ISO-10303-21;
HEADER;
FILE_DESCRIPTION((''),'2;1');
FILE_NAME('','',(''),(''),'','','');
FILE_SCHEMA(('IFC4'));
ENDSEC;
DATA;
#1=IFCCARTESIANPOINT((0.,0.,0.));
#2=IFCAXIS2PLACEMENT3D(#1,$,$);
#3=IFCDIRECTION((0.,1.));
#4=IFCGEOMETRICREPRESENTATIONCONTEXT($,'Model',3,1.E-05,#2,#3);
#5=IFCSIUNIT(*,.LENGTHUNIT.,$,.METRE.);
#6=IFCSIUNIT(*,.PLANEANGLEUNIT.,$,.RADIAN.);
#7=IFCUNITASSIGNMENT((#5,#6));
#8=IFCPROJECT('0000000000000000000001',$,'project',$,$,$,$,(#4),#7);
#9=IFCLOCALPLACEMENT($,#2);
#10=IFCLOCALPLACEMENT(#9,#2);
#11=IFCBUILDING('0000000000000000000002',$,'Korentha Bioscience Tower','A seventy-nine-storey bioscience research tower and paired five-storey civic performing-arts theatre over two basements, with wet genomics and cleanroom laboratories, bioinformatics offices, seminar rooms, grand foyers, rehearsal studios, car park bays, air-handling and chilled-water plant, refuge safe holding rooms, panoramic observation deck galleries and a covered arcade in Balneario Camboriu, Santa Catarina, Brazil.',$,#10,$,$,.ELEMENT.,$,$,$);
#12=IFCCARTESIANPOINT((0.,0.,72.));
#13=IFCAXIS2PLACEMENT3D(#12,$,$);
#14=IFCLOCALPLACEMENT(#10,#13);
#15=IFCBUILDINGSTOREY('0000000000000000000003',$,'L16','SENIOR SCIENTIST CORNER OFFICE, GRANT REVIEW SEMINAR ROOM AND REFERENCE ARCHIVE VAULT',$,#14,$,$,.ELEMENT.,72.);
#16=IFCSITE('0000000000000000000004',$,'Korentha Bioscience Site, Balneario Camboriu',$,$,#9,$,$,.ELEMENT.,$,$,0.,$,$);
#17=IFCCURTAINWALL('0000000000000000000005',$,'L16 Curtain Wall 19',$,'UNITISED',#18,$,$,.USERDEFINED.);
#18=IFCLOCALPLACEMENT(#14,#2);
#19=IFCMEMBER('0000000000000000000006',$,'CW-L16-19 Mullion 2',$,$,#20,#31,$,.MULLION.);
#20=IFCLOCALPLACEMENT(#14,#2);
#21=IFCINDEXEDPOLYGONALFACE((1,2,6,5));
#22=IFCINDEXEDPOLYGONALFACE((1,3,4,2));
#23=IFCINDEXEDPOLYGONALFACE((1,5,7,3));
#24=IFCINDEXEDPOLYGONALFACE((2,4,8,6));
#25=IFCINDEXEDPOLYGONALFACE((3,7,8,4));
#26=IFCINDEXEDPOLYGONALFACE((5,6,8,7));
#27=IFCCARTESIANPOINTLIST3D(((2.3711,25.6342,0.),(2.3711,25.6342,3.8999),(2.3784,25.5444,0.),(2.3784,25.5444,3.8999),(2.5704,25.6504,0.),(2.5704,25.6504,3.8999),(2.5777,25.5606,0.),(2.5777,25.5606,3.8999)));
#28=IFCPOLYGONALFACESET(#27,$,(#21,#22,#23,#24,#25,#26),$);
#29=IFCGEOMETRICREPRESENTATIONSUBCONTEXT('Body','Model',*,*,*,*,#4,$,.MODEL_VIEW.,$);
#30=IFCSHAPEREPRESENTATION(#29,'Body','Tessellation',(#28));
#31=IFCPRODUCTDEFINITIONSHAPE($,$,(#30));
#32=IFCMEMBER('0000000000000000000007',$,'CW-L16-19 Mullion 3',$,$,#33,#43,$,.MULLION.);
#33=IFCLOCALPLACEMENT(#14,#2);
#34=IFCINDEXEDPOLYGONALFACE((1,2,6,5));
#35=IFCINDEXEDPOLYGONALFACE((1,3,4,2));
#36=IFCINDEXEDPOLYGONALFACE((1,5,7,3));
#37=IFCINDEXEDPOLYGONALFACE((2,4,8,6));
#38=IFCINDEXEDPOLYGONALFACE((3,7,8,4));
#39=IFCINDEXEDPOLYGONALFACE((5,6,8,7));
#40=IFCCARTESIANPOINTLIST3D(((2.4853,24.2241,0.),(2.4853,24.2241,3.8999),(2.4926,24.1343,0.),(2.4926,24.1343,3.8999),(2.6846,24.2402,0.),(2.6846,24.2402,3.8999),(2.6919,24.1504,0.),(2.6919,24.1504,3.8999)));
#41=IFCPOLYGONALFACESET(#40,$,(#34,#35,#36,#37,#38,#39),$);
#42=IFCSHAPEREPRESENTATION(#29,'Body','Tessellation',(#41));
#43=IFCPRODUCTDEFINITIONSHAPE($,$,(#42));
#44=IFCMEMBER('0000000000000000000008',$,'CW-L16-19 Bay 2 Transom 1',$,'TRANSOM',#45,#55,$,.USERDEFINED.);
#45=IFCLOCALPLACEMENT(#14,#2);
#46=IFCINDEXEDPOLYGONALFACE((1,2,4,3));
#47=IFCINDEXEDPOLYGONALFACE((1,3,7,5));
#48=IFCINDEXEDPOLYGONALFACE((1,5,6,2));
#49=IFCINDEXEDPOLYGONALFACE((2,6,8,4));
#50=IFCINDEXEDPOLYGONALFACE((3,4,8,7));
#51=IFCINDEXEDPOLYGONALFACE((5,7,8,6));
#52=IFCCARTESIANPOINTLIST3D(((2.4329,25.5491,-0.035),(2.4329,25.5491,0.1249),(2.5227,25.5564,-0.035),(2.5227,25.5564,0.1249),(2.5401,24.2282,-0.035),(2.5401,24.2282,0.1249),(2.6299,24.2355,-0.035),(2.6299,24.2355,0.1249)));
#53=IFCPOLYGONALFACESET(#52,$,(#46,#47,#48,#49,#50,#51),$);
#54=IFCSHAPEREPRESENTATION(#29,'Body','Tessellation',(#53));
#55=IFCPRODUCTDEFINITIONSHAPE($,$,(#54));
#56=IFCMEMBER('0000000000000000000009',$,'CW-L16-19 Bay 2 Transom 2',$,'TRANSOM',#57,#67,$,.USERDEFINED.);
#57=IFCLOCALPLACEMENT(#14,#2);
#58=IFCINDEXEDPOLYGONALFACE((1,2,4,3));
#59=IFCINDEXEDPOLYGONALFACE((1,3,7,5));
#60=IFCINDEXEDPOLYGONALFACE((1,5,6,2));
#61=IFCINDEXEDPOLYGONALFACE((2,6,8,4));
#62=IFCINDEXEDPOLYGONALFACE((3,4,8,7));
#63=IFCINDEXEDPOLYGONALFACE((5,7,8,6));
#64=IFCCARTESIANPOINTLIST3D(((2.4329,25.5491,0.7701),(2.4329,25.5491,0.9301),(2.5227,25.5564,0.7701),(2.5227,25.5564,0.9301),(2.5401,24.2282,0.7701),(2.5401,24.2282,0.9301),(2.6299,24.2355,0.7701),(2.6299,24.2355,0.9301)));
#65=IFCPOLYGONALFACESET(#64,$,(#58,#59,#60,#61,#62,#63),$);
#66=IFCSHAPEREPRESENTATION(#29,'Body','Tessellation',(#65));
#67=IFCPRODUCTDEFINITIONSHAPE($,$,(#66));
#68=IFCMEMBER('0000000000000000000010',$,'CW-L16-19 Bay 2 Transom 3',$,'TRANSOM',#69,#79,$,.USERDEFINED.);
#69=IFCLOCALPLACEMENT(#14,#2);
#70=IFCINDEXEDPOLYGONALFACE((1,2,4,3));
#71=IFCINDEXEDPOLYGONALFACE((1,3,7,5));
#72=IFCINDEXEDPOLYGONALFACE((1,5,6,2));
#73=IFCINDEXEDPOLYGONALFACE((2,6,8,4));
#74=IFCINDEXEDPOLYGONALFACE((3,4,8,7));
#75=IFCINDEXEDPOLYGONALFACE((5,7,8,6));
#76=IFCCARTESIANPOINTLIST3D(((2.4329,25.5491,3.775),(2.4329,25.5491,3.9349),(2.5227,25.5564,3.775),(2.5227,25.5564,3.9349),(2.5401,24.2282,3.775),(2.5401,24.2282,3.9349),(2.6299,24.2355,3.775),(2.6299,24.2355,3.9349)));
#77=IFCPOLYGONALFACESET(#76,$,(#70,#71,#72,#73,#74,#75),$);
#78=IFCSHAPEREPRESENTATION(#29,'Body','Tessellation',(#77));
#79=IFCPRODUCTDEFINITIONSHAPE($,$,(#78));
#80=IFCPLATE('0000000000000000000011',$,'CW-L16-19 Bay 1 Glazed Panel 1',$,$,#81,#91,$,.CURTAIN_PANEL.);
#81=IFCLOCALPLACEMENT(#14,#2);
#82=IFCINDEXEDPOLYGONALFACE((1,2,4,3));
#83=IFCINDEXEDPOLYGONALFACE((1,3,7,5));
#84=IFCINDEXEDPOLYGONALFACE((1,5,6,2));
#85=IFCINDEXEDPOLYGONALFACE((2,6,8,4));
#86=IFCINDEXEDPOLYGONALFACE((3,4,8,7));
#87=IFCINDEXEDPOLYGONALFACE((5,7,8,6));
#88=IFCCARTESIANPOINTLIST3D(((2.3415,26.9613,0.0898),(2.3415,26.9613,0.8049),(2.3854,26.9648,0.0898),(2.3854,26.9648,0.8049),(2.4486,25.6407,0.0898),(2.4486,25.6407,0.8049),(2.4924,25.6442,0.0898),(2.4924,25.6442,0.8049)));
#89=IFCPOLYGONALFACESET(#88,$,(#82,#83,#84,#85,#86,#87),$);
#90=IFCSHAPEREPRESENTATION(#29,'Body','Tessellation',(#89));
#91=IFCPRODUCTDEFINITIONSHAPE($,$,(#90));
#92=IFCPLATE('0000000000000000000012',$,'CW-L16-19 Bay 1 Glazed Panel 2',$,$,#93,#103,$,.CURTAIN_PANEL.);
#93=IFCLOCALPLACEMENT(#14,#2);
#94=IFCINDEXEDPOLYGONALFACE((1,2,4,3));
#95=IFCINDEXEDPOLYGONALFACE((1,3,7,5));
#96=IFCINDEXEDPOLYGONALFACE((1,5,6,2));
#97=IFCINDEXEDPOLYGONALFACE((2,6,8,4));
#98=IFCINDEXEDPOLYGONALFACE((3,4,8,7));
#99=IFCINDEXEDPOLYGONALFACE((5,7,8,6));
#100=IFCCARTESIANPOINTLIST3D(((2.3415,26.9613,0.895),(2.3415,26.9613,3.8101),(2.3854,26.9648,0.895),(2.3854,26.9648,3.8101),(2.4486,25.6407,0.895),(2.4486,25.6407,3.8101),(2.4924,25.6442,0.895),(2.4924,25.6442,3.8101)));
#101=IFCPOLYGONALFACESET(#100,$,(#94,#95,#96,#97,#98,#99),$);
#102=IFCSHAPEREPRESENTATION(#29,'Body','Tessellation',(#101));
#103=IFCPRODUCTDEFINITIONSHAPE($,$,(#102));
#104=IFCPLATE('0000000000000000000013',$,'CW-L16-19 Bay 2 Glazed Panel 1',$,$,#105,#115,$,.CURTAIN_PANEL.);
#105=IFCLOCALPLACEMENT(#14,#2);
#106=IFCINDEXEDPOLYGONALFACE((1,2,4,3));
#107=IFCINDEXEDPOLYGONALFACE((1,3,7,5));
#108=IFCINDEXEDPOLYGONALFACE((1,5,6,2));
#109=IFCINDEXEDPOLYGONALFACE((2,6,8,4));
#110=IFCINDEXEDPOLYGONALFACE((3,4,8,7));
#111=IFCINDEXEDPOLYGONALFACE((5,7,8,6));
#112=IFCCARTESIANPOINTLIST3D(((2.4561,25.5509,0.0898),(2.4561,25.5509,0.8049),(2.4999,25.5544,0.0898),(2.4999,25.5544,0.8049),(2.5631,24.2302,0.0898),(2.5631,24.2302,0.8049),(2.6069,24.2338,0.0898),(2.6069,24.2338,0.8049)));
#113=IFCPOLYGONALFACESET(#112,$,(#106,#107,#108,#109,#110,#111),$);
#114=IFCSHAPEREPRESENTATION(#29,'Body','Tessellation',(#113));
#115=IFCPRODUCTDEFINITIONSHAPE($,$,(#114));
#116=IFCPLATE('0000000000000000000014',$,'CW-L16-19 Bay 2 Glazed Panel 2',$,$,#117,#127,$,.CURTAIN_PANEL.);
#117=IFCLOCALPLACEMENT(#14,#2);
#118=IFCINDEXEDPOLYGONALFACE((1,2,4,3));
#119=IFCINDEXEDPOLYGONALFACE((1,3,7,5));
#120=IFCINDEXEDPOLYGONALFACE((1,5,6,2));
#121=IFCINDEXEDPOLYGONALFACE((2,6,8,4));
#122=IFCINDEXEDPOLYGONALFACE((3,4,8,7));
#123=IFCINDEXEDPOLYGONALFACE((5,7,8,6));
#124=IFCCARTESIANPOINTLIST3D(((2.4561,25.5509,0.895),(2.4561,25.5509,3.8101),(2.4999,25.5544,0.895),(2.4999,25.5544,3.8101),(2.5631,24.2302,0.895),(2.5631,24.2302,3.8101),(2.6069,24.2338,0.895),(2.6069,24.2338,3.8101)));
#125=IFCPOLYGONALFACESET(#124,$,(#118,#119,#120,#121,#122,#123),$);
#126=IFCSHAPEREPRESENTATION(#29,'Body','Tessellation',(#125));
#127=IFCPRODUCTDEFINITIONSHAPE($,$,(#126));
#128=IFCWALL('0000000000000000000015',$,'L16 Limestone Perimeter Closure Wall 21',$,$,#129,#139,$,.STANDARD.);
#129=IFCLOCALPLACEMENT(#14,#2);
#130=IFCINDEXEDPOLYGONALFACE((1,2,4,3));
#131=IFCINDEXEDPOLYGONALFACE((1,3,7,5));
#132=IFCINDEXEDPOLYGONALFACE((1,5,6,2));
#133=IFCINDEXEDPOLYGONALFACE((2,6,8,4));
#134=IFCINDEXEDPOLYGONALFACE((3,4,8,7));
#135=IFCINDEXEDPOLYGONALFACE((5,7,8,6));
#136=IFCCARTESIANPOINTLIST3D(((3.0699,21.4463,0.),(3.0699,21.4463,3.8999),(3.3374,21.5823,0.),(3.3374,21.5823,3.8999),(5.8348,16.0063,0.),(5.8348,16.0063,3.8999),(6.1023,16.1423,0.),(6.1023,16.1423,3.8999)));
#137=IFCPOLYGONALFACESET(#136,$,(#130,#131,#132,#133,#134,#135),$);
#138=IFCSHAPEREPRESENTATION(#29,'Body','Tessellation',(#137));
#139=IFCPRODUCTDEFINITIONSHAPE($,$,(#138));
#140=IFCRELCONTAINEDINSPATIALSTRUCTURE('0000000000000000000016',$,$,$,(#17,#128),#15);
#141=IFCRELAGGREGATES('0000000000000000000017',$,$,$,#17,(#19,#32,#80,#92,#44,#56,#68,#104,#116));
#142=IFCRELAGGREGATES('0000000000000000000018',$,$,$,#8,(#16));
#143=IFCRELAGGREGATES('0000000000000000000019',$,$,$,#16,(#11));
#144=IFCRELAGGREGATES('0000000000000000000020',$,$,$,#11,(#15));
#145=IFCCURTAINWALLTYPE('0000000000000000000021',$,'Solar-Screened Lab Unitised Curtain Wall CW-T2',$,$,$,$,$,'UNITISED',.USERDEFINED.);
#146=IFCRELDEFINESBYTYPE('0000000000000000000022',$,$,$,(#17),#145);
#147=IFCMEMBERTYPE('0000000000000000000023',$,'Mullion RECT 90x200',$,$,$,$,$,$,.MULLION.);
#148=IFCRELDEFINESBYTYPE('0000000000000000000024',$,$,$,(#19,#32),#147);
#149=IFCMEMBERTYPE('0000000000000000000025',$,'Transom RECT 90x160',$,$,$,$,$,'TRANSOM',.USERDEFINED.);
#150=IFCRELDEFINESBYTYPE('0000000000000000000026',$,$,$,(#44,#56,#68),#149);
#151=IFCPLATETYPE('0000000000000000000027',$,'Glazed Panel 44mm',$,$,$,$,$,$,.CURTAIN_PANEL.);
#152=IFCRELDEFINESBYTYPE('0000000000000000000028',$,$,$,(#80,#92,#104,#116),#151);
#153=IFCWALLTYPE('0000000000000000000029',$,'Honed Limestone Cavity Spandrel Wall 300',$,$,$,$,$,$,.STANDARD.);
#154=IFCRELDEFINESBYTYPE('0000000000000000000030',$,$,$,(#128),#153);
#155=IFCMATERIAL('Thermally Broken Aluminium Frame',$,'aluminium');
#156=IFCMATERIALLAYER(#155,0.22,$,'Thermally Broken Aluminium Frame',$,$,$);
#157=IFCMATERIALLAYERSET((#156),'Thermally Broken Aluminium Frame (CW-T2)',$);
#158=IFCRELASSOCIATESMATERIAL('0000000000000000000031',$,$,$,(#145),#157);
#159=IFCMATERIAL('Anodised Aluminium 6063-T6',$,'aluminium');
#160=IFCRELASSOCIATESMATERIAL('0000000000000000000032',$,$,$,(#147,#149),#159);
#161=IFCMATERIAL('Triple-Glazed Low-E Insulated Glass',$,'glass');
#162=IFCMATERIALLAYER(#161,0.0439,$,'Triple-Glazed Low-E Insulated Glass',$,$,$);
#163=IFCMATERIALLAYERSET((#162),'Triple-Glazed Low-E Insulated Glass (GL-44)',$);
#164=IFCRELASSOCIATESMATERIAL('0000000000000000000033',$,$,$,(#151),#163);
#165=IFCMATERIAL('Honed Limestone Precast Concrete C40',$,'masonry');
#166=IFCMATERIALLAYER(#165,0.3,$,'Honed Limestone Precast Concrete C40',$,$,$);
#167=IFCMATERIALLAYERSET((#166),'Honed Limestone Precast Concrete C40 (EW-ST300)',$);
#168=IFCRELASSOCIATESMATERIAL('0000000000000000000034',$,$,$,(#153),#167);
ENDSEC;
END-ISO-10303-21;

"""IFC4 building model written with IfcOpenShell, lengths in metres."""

from ifc_helpers import new_model, si_unit, direction, frame, frame_2d, origin, origin_2d, place, context, subcontext, project, spatial, rectangle, extrude, material, layer, layer_set, material_profile, profile_set, type_object, element, aggregate, save


model = new_model("IFC4")

# Units and contexts
model_context = context("Model", 3, precision=1e-05, world=origin(), true_north=direction((0.0, 1.0)))
body_context = subcontext(model_context, "Body", "Model", "MODEL_VIEW")
ifc_project = project(units=[si_unit("LENGTHUNIT", "METRE"), si_unit("PLANEANGLEUNIT", "RADIAN")], contexts=[model_context])

# Site, building, storey
site_placement = place(None, origin())
site = spatial("IfcSite", under=ifc_project, at=site_placement, Name="Korentha Bioscience Site, Balneario Camboriu", CompositionType="ELEMENT", RefElevation=0.0)
building_placement = place(site_placement, origin())
building = spatial("IfcBuilding", under=site, at=building_placement, Name="Korentha Bioscience Tower", Description="A seventy-nine-storey bioscience research tower and paired five-storey civic performing-arts theatre over two basements, with wet genomics and cleanroom laboratories, bioinformatics offices, seminar rooms, grand foyers, rehearsal studios, car park bays, air-handling and chilled-water plant, refuge safe holding rooms, panoramic observation deck galleries and a covered arcade in Balneario Camboriu, Santa Catarina, Brazil.", CompositionType="ELEMENT")
storey_placement = place(building_placement, frame((0.0, 0.0, 72.0)))
storey = spatial("IfcBuildingStorey", under=building, at=storey_placement, Name="L16", Description="SENIOR SCIENTIST CORNER OFFICE, GRANT REVIEW SEMINAR ROOM AND REFERENCE ARCHIVE VAULT", CompositionType="ELEMENT", Elevation=72.0)

# Curtain wall, members, plates
ifc_material_1 = material(Name="Thermally Broken Aluminium Frame", Category="aluminium")
ifc_layer_1 = layer(ifc_material_1, 0.22, Name="Thermally Broken Aluminium Frame")
ifc_layer_set_1 = layer_set([ifc_layer_1], Name="Thermally Broken Aluminium Frame (CW-T2)")
curtain_wall_type = type_object("IfcCurtainWallType", Name="Solar-Screened Lab Unitised Curtain Wall CW-T2", ElementType="UNITISED", PredefinedType="USERDEFINED", material=ifc_layer_set_1)
curtain_wall_placement = place(storey_placement, origin())
curtain_wall = element("IfcCurtainWall", 1, at=curtain_wall_placement, inside=storey, type_object=curtain_wall_type, Name="L16 Curtain Wall 19", ObjectType="UNITISED", PredefinedType="USERDEFINED")
ifc_material_2 = material(Name="Anodised Aluminium 6063-T6", Category="aluminium")
ifc_material_profile_1 = material_profile(ifc_material_2, rectangle(XDim=0.0901, YDim=0.2, at=origin_2d()), Name="Anodised Aluminium 6063-T6")
ifc_profile_set_1 = profile_set([ifc_material_profile_1], Name="Anodised Aluminium 6063-T6 (CW-MUL)")
member_type_1 = type_object("IfcMemberType", Name="Mullion RECT 90x200", PredefinedType="MULLION", material=ifc_profile_set_1)
member_1_placement = place(storey_placement, frame((2.4744, 25.5974, 0.0), z_axis=(0.0, 0.0, 1.0), x_axis=(0.08082, -0.996729, 0.0)))
member_1 = element("IfcMember", 2, at=member_1_placement, type_object=member_type_1, Name="CW-L16-19 Mullion 2", PredefinedType="MULLION", context=body_context, shape_type="SweptSolid", body=[
    extrude(rectangle(XDim=0.0901, YDim=0.2, at=origin_2d()), origin(), (0.0, 0.0, 1.0), 3.8999),
])
member_2_placement = place(storey_placement, frame((2.5886, 24.1873, 0.0), z_axis=(0.0, 0.0, 1.0), x_axis=(0.08082, -0.996729, 0.0)))
member_2 = element("IfcMember", 3, at=member_2_placement, type_object=member_type_1, Name="CW-L16-19 Mullion 3", PredefinedType="MULLION", context=body_context, shape_type="SweptSolid", body=[
    extrude(rectangle(XDim=0.0901, YDim=0.2, at=origin_2d()), origin(), (0.0, 0.0, 1.0), 3.8999),
])
ifc_material_profile_2 = material_profile(ifc_material_2, rectangle(XDim=0.0901, YDim=0.1599, at=origin_2d()), Name="Anodised Aluminium 6063-T6")
ifc_profile_set_2 = profile_set([ifc_material_profile_2], Name="Anodised Aluminium 6063-T6 (CW-TRN)")
member_type_2 = type_object("IfcMemberType", Name="Transom RECT 90x160", ElementType="TRANSOM", PredefinedType="USERDEFINED", material=ifc_profile_set_2)
member_3_placement = place(storey_placement, frame((2.4778, 25.5527, 0.0449), z_axis=(0.08088, -0.996724, 0.0), x_axis=(0.996724, 0.08088, 0.0)))
member_3 = element("IfcMember", 4, at=member_3_placement, type_object=member_type_2, Name="CW-L16-19 Bay 2 Transom 1", ObjectType="TRANSOM", PredefinedType="USERDEFINED", context=body_context, shape_type="SweptSolid", body=[
    extrude(rectangle(XDim=0.0901, YDim=0.1599, at=origin_2d()), origin(), (0.0, 0.0, 1.0), 1.3252),
])
member_4_placement = place(storey_placement, frame((2.4778, 25.5527, 0.8501), z_axis=(0.08088, -0.996724, 0.0), x_axis=(0.996724, 0.08088, 0.0)))
member_4 = element("IfcMember", 5, at=member_4_placement, type_object=member_type_2, Name="CW-L16-19 Bay 2 Transom 2", ObjectType="TRANSOM", PredefinedType="USERDEFINED", context=body_context, shape_type="SweptSolid", body=[
    extrude(rectangle(XDim=0.0901, YDim=0.1599, at=origin_2d()), origin(), (0.0, 0.0, 1.0), 1.3252),
])
member_5_placement = place(storey_placement, frame((2.4778, 25.5527, 3.855), z_axis=(0.08088, -0.996724, 0.0), x_axis=(0.996724, 0.08088, 0.0)))
member_5 = element("IfcMember", 6, at=member_5_placement, type_object=member_type_2, Name="CW-L16-19 Bay 2 Transom 3", ObjectType="TRANSOM", PredefinedType="USERDEFINED", context=body_context, shape_type="SweptSolid", body=[
    extrude(rectangle(XDim=0.0901, YDim=0.1599, at=origin_2d()), origin(), (0.0, 0.0, 1.0), 1.3252),
])
ifc_material_3 = material(Name="Triple-Glazed Low-E Insulated Glass", Category="glass")
ifc_layer_2 = layer(ifc_material_3, 0.0439, Name="Triple-Glazed Low-E Insulated Glass")
ifc_layer_set_2 = layer_set([ifc_layer_2], Name="Triple-Glazed Low-E Insulated Glass (GL-44)")
plate_type = type_object("IfcPlateType", Name="Glazed Panel 44mm", PredefinedType="CURTAIN_PANEL", material=ifc_layer_set_2)
plate_1_placement = place(storey_placement, frame((2.417, 26.3027, 0.0898), z_axis=(0.0, 0.0, 1.0), x_axis=(0.08082, -0.996729, 0.0)))
plate_1 = element("IfcPlate", 7, at=plate_1_placement, type_object=plate_type, Name="CW-L16-19 Bay 1 Glazed Panel 1", PredefinedType="CURTAIN_PANEL", context=body_context, shape_type="SweptSolid", body=[
    extrude(rectangle(XDim=1.325, YDim=0.0439, at=origin_2d()), origin(), (0.0, 0.0, 1.0), 0.7151),
])
plate_2_placement = place(storey_placement, frame((2.417, 26.3027, 0.895), z_axis=(0.0, 0.0, 1.0), x_axis=(0.08082, -0.996729, 0.0)))
plate_2 = element("IfcPlate", 8, at=plate_2_placement, type_object=plate_type, Name="CW-L16-19 Bay 1 Glazed Panel 2", PredefinedType="CURTAIN_PANEL", context=body_context, shape_type="SweptSolid", body=[
    extrude(rectangle(XDim=1.325, YDim=0.0439, at=origin_2d()), origin(), (0.0, 0.0, 1.0), 2.915),
])
plate_3_placement = place(storey_placement, frame((2.5315, 24.8923, 0.0898), z_axis=(0.0, 0.0, 1.0), x_axis=(0.08082, -0.996729, 0.0)))
plate_3 = element("IfcPlate", 9, at=plate_3_placement, type_object=plate_type, Name="CW-L16-19 Bay 2 Glazed Panel 1", PredefinedType="CURTAIN_PANEL", context=body_context, shape_type="SweptSolid", body=[
    extrude(rectangle(XDim=1.325, YDim=0.0439, at=origin_2d()), origin(), (0.0, 0.0, 1.0), 0.7151),
])
plate_4_placement = place(storey_placement, frame((2.5315, 24.8923, 0.895), z_axis=(0.0, 0.0, 1.0), x_axis=(0.08082, -0.996729, 0.0)))
plate_4 = element("IfcPlate", 10, at=plate_4_placement, type_object=plate_type, Name="CW-L16-19 Bay 2 Glazed Panel 2", PredefinedType="CURTAIN_PANEL", context=body_context, shape_type="SweptSolid", body=[
    extrude(rectangle(XDim=1.325, YDim=0.0439, at=origin_2d()), origin(), (0.0, 0.0, 1.0), 2.915),
])
aggregate(curtain_wall, [member_1, member_2, plate_1, plate_2, member_3, member_4, member_5, plate_3, plate_4])

# Shared definitions
ifc_material_4 = material(Name="Honed Limestone Precast Concrete C40", Category="masonry")
ifc_layer_3 = layer(ifc_material_4, 0.3, Name="Honed Limestone Precast Concrete C40")
ifc_layer_set_3 = layer_set([ifc_layer_3], Name="Honed Limestone Precast Concrete C40 (EW-ST300)")
wall_type_1 = type_object("IfcWallType", Name="Honed Limestone Cavity Spandrel Wall 300", PredefinedType="STANDARD", material=ifc_layer_set_3)

# Wall
wall_1_placement = place(storey_placement, frame((3.2036, 21.5144, 0.0), z_axis=(0.0, 0.0, 1.0), x_axis=(0.453093, -0.891463, 0.0)))
element("IfcWall", 11, at=wall_1_placement, inside=storey, type_object=wall_type_1, Name="L16 Limestone Perimeter Closure Wall 21", PredefinedType="STANDARD", context=body_context, shape_type="SweptSolid", body=[
    extrude(rectangle(XDim=6.1023, YDim=0.3, at=frame_2d((3.0513, 0.0))), origin(), (0.0, 0.0, 1.0), 3.8999),
])

save(model, "model.ifc")
